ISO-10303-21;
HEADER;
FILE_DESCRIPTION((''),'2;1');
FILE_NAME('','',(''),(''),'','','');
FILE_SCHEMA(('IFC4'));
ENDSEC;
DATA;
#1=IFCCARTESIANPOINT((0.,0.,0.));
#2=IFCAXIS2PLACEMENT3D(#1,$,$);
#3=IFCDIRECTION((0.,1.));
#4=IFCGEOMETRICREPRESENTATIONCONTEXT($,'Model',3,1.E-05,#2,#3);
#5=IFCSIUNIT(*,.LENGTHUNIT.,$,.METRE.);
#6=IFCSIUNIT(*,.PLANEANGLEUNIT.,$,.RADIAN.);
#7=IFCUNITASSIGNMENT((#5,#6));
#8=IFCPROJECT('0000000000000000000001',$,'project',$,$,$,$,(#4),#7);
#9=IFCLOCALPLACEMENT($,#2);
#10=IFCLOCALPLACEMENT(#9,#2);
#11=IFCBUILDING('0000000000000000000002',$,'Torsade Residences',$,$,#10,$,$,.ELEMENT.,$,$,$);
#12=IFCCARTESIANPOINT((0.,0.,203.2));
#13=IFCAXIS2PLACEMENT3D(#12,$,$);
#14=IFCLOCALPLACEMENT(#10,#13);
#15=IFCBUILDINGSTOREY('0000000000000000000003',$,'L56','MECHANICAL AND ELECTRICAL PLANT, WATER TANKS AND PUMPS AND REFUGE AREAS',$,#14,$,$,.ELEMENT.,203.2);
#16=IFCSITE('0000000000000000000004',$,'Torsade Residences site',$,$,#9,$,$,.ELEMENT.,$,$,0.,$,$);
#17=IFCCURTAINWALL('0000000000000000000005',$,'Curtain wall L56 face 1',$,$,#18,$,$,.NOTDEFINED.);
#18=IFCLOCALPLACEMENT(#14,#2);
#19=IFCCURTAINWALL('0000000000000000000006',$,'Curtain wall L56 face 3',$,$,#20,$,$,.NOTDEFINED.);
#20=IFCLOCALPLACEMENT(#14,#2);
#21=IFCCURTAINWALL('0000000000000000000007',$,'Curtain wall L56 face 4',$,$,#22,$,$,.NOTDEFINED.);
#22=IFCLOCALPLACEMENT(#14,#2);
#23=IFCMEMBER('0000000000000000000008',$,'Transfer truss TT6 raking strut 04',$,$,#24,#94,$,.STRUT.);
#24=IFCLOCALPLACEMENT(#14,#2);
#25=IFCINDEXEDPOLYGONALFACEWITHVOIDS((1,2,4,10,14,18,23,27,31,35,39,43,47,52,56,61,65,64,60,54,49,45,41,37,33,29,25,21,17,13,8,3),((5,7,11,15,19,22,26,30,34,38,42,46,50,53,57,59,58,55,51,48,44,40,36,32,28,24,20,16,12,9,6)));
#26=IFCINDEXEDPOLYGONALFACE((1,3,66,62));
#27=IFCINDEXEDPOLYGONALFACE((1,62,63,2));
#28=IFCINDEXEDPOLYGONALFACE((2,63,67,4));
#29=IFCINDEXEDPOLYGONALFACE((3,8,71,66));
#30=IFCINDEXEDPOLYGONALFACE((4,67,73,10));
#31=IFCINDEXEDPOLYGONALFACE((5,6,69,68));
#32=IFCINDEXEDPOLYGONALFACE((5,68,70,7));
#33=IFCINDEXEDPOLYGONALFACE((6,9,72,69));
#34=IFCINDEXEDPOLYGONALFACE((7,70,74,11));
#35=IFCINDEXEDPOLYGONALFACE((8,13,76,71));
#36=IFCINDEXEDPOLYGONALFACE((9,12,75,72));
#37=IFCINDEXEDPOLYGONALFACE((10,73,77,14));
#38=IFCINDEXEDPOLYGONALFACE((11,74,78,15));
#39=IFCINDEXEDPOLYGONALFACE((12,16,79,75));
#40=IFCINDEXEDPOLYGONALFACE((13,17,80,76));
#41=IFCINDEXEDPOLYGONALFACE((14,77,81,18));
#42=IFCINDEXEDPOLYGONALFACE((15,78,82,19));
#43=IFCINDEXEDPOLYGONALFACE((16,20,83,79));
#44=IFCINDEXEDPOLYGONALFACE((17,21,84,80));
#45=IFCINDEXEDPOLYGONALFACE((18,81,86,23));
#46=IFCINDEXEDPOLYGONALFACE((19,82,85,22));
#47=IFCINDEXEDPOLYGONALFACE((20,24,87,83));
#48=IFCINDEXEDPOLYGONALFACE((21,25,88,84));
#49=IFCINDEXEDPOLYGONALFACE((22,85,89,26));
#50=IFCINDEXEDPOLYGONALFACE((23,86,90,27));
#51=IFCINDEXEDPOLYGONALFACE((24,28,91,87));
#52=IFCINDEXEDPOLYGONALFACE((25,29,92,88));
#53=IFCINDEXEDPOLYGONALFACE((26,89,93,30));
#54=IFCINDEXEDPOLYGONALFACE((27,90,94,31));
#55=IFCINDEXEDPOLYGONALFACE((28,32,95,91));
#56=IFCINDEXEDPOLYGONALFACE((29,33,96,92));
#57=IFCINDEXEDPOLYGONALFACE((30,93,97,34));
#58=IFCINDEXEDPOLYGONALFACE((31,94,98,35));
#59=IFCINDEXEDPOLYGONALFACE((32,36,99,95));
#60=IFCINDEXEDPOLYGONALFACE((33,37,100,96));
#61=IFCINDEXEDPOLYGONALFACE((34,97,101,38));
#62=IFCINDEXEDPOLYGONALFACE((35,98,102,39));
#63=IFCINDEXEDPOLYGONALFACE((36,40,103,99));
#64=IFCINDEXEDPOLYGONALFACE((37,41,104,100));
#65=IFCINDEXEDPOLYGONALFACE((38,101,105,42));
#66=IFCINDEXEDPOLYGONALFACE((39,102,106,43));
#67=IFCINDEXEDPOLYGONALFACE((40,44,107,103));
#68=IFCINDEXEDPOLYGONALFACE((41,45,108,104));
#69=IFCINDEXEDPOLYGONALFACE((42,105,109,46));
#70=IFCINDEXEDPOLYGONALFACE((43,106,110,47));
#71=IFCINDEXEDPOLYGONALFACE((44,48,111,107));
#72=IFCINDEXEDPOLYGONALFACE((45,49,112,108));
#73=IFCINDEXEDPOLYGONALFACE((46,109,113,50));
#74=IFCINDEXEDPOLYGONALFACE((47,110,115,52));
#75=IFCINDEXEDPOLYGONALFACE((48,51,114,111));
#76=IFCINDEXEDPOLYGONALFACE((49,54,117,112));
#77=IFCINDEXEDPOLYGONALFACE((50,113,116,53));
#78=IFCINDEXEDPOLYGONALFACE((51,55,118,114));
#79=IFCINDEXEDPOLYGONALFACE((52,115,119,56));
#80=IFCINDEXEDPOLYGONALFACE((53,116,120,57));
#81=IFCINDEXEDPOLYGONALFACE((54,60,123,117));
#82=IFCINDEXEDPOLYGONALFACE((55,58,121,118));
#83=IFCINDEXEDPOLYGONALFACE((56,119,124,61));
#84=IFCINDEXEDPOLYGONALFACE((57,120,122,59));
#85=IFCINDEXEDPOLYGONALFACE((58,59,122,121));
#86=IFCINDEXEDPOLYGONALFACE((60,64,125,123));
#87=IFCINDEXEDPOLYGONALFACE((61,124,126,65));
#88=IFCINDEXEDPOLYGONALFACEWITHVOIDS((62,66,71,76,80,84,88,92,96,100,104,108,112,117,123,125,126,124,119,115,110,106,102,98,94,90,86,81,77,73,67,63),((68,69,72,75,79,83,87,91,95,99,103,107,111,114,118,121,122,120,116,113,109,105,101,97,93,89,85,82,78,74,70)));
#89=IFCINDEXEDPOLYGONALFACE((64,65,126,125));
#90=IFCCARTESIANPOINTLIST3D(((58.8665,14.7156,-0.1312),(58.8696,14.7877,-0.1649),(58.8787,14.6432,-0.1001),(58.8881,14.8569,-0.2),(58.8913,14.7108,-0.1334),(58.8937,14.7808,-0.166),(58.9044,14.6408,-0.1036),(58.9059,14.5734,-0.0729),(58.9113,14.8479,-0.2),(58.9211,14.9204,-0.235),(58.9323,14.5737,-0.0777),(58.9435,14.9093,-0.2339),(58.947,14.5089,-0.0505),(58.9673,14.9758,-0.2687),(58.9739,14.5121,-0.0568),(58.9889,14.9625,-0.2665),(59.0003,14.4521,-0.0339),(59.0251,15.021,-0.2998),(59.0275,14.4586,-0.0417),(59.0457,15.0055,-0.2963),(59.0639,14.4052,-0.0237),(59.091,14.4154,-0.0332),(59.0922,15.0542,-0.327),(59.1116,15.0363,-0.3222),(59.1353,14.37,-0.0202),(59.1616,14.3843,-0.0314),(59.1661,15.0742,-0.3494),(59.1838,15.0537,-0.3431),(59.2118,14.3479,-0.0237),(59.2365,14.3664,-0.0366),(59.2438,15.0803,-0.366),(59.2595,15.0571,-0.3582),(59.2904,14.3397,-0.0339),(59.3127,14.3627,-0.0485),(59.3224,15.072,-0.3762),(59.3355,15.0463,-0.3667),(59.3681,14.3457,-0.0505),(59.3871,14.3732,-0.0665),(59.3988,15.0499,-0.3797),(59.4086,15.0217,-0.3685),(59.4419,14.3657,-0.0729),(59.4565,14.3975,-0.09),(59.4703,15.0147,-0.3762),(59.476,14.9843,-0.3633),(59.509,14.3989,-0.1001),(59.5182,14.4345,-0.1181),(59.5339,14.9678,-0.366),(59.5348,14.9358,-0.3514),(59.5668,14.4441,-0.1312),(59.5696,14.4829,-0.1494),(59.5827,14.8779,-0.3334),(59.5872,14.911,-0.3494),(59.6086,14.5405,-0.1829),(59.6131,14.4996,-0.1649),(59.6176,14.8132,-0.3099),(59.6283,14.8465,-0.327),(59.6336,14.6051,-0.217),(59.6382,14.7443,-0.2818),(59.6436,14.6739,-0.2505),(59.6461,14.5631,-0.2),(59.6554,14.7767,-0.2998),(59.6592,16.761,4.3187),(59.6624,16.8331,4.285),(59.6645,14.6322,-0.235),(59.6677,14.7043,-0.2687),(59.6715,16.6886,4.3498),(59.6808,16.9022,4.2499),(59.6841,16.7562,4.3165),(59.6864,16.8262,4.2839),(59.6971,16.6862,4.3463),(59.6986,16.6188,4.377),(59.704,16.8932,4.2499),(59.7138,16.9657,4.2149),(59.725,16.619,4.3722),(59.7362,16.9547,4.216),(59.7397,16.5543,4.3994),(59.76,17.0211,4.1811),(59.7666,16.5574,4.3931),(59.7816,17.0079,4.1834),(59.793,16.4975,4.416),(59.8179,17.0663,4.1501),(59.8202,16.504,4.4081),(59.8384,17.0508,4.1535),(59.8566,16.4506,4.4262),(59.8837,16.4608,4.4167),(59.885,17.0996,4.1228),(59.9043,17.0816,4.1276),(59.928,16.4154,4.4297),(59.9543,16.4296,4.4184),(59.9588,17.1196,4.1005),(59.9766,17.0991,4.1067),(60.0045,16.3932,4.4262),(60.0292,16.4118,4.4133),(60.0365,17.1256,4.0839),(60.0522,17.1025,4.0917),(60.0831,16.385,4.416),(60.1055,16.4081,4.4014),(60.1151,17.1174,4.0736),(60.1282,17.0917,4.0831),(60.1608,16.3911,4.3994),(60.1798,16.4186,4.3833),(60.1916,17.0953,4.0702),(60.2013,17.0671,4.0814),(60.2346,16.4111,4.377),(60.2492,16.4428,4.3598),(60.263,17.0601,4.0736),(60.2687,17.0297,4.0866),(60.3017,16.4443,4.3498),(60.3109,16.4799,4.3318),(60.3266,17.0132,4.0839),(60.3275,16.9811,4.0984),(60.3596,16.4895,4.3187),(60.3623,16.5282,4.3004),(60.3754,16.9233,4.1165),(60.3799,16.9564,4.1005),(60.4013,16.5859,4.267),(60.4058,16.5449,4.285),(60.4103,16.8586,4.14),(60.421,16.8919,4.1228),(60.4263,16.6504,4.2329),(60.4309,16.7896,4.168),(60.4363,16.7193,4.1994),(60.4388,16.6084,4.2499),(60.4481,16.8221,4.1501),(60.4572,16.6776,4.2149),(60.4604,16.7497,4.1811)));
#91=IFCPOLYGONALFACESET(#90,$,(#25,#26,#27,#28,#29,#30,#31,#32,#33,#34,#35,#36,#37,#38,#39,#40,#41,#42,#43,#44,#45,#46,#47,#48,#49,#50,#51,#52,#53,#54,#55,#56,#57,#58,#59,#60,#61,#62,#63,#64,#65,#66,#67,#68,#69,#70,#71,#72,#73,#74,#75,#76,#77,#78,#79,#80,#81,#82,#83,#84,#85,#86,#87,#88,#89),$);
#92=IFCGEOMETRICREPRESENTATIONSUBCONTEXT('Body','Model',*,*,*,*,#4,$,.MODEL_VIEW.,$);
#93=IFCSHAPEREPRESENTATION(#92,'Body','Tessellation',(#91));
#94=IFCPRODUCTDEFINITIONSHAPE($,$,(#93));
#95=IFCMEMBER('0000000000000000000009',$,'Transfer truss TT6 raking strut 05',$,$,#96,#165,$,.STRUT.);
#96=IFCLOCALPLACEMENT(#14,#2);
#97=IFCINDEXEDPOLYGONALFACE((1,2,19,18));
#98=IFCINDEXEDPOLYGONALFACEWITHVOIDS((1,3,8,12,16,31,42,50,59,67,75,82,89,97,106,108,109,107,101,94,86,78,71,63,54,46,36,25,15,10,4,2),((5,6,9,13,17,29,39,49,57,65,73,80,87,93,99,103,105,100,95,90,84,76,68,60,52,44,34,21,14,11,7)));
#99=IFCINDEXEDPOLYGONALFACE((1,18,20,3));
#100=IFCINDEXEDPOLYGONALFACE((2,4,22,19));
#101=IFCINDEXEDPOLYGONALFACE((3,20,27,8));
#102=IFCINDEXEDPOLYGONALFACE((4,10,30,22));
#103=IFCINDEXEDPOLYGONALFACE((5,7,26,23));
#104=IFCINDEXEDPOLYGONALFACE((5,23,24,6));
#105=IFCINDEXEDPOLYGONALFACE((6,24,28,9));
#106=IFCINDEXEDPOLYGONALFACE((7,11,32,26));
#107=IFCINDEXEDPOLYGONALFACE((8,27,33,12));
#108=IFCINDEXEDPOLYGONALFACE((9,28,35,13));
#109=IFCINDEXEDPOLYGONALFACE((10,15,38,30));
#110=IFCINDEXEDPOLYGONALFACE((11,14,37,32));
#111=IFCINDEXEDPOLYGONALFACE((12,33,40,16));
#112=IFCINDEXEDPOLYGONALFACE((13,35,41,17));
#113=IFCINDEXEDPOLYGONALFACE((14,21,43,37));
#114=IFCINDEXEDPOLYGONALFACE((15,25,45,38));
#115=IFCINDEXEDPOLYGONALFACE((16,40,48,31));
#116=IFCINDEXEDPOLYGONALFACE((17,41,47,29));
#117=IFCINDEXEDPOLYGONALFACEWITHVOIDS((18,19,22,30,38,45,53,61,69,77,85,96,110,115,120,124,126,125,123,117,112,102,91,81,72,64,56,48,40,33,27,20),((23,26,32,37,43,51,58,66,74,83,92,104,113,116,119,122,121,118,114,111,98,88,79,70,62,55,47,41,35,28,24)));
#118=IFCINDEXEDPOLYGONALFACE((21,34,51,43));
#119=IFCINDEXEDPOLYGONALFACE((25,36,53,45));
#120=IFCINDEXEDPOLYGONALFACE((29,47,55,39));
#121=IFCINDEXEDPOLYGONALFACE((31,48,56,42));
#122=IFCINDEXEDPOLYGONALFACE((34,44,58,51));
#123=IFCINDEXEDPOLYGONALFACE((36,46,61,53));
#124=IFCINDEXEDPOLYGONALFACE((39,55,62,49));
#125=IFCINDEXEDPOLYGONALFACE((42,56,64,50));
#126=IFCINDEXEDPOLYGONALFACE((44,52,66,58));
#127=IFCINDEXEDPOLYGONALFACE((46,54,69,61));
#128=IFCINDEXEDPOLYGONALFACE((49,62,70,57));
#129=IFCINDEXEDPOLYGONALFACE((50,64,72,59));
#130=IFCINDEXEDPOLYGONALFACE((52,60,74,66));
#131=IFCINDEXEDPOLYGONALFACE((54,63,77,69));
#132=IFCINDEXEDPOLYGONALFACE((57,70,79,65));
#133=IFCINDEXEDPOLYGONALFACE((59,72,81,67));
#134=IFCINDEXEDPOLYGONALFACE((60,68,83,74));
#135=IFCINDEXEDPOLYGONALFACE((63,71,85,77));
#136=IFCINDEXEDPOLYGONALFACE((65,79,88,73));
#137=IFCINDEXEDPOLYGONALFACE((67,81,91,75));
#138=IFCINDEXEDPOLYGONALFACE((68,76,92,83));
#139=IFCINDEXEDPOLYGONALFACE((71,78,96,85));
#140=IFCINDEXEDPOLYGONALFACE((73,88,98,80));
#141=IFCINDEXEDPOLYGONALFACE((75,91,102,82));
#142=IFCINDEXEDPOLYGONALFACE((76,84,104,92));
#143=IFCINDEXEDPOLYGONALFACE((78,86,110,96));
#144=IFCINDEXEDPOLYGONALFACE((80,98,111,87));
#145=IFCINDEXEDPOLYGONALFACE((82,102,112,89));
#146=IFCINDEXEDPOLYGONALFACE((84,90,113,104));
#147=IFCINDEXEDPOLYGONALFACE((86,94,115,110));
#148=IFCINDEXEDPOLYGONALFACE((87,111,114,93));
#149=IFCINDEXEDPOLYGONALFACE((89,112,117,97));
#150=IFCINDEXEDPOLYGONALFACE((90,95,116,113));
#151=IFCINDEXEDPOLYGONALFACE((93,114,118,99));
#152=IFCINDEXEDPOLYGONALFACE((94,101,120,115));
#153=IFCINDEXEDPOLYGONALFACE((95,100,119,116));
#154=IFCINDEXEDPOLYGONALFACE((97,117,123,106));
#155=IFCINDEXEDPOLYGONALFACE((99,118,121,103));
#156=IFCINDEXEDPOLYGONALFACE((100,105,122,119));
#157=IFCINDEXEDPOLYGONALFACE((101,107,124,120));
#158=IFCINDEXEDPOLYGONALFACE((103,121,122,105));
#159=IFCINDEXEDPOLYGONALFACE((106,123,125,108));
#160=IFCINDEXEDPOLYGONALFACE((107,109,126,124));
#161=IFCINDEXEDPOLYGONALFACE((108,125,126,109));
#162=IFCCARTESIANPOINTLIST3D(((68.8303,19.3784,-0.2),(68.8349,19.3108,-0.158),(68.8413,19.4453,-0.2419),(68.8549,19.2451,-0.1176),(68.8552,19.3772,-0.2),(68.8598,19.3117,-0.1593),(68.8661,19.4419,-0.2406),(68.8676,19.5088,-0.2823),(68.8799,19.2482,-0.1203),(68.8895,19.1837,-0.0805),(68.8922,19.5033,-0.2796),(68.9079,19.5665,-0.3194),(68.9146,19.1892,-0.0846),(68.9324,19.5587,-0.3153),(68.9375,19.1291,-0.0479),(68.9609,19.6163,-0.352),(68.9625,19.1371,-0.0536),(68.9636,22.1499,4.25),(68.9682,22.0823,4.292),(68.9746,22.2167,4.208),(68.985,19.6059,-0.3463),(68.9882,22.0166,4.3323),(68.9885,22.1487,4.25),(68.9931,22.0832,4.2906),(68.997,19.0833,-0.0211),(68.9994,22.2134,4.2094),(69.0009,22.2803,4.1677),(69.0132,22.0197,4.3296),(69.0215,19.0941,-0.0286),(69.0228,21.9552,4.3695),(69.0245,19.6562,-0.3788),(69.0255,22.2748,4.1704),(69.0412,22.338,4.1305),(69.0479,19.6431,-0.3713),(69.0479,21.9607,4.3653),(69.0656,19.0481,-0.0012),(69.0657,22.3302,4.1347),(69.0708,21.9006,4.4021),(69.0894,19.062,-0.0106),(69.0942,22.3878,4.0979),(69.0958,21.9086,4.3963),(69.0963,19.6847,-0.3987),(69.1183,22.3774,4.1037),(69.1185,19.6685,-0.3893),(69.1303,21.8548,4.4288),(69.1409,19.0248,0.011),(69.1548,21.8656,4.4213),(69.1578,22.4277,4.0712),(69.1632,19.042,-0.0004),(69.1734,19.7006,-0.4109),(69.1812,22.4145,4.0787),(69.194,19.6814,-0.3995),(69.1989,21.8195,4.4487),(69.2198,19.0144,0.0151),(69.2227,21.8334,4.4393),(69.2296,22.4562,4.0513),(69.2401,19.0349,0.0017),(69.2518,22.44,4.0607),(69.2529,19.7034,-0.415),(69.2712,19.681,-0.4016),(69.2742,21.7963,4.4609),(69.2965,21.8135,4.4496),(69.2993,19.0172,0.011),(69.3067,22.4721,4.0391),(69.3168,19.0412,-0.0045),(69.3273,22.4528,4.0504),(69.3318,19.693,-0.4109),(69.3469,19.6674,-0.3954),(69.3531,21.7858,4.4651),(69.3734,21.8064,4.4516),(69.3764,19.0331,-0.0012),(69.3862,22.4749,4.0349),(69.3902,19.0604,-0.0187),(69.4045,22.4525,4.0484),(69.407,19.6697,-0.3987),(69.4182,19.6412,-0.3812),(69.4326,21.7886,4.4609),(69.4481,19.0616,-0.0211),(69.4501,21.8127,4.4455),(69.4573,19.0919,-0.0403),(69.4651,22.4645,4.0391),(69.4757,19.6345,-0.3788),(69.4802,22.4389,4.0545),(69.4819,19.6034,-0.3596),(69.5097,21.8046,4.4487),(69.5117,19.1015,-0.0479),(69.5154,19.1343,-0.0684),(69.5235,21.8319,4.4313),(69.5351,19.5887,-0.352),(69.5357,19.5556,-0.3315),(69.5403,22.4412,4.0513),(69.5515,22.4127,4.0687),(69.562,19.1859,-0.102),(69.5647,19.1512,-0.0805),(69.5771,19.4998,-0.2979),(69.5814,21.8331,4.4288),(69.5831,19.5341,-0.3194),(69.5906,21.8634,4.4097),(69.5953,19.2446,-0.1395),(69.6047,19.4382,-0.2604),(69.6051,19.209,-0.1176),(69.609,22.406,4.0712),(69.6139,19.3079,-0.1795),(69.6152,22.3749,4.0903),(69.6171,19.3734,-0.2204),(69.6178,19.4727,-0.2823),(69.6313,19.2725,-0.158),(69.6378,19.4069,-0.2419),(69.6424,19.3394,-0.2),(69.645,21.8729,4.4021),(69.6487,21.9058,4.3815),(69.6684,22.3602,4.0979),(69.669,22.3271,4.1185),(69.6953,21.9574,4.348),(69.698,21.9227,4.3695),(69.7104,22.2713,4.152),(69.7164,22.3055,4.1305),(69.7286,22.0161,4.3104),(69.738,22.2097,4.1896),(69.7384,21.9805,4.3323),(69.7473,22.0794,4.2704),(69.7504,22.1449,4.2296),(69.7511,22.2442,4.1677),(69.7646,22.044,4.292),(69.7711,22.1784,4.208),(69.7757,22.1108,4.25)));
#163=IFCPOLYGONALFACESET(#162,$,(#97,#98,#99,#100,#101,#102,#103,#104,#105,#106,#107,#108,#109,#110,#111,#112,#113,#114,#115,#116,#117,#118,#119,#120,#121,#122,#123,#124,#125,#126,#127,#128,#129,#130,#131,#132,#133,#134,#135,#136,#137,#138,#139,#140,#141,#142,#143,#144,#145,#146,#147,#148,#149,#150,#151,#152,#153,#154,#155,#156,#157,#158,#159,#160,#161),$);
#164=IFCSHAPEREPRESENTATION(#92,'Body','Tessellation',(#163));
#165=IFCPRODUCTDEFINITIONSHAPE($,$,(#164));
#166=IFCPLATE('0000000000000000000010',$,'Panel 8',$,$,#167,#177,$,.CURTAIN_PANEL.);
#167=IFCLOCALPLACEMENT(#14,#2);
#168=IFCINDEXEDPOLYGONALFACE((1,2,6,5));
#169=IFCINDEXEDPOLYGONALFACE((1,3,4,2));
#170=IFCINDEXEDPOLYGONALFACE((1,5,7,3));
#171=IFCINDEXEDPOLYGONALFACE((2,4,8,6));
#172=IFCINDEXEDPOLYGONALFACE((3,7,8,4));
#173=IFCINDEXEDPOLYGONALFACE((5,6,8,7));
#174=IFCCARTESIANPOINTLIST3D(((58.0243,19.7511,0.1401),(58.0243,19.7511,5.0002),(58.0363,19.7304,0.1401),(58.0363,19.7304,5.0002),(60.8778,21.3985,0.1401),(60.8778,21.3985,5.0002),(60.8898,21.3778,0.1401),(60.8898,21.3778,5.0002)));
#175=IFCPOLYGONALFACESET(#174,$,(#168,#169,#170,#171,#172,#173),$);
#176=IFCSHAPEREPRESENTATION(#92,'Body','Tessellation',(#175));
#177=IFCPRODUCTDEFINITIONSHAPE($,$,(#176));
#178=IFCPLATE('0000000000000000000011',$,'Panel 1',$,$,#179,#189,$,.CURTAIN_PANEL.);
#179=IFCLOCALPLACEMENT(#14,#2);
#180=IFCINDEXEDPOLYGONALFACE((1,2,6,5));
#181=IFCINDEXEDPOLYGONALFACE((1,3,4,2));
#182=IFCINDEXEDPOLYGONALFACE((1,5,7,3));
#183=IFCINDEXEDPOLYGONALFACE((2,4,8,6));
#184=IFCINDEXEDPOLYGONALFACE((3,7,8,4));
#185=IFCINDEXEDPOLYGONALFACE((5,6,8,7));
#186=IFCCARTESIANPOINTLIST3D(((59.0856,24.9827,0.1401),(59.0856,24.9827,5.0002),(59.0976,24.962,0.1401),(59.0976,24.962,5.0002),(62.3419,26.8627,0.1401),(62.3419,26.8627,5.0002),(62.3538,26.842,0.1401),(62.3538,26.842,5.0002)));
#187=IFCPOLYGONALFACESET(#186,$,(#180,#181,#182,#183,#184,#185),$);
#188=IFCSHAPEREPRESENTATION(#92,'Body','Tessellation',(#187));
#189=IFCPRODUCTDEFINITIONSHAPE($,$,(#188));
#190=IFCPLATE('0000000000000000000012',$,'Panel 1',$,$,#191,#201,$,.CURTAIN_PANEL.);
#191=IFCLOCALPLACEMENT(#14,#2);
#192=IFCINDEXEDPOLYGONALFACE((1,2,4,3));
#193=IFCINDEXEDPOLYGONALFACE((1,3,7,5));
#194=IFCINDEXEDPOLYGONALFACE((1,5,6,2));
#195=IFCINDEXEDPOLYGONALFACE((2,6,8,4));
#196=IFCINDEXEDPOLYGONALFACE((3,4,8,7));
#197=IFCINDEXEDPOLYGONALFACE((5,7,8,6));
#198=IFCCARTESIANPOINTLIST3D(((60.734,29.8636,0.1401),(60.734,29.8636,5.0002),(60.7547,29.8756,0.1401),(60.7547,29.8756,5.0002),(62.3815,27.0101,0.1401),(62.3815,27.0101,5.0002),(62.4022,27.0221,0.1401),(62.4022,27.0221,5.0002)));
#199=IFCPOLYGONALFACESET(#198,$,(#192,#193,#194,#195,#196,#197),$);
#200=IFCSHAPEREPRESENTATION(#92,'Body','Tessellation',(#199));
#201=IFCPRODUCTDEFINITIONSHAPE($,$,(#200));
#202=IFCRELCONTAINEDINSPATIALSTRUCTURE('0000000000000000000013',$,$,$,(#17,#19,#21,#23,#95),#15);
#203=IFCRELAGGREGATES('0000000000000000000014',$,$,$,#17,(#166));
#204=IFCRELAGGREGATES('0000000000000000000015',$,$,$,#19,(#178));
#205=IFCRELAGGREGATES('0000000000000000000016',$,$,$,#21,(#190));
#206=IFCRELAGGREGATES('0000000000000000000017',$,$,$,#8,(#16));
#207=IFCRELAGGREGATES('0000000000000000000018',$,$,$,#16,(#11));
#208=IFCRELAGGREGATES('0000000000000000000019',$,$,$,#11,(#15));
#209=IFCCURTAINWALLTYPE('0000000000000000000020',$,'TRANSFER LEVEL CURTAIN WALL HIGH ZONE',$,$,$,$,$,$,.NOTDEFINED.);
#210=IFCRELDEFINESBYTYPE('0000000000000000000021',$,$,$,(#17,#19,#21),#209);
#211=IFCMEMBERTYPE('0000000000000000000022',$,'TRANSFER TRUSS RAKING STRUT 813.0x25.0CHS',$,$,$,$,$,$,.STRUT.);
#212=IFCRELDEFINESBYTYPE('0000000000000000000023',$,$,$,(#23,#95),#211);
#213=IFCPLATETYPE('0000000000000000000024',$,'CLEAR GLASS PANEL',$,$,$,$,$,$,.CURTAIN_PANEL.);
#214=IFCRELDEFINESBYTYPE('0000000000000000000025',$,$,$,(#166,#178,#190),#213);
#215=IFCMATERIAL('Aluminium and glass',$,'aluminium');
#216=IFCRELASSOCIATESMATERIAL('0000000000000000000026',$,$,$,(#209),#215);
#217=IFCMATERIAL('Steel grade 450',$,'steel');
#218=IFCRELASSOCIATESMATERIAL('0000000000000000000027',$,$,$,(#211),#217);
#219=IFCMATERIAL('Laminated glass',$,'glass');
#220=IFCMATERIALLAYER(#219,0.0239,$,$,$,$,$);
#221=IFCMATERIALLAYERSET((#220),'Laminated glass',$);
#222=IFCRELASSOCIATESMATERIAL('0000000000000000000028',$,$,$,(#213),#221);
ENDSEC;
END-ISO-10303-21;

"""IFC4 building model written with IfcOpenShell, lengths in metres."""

from ifc_helpers import new_model, si_unit, direction, frame, origin, origin_2d, place, context, subcontext, project, spatial, rectangle, hollow_circle, extrude, material, layer, layer_set, material_profile, profile_set, type_object, element, aggregate, save


model = new_model("IFC4")

# Units and contexts
model_context = context("Model", 3, precision=1e-05, world=origin(), true_north=direction((0.0, 1.0)))
body_context = subcontext(model_context, "Body", "Model", "MODEL_VIEW")
ifc_project = project(units=[si_unit("LENGTHUNIT", "METRE"), si_unit("PLANEANGLEUNIT", "RADIAN")], contexts=[model_context])

# Site, building, storey
site_placement = place(None, origin())
site = spatial("IfcSite", under=ifc_project, at=site_placement, Name="Torsade Residences site", CompositionType="ELEMENT", RefElevation=0.0)
building_placement = place(site_placement, origin())
building = spatial("IfcBuilding", under=site, at=building_placement, Name="Torsade Residences", CompositionType="ELEMENT")
storey_placement = place(building_placement, frame((0.0, 0.0, 203.2)))
storey = spatial("IfcBuildingStorey", under=building, at=storey_placement, Name="L56", Description="MECHANICAL AND ELECTRICAL PLANT, WATER TANKS AND PUMPS AND REFUGE AREAS", CompositionType="ELEMENT", Elevation=203.2)

# Curtain wall
ifc_material_1 = material(Name="Aluminium and glass", Category="aluminium")
curtain_wall_type = type_object("IfcCurtainWallType", Name="TRANSFER LEVEL CURTAIN WALL HIGH ZONE", PredefinedType="NOTDEFINED", material=ifc_material_1)
curtain_wall_1_placement = place(storey_placement, origin())
curtain_wall_1 = element("IfcCurtainWall", 1, at=curtain_wall_1_placement, inside=storey, type_object=curtain_wall_type, Name="Curtain wall L56 face 1", PredefinedType="NOTDEFINED")

# Curtain wall
curtain_wall_2_placement = place(storey_placement, origin())
curtain_wall_2 = element("IfcCurtainWall", 2, at=curtain_wall_2_placement, inside=storey, type_object=curtain_wall_type, Name="Curtain wall L56 face 3", PredefinedType="NOTDEFINED")

# Curtain wall
curtain_wall_3_placement = place(storey_placement, origin())
curtain_wall_3 = element("IfcCurtainWall", 3, at=curtain_wall_3_placement, inside=storey, type_object=curtain_wall_type, Name="Curtain wall L56 face 4", PredefinedType="NOTDEFINED")

# Members
ifc_material_2 = material(Name="Steel grade 450", Category="steel")
ifc_material_profile_1 = material_profile(ifc_material_2, hollow_circle(Radius=0.4065, WallThickness=0.0249, at=origin_2d()), Name="813.0x25.0CHS")
ifc_profile_set_1 = profile_set([ifc_material_profile_1], Name="Steel grade 450")
member_type_1 = type_object("IfcMemberType", Name="TRANSFER TRUSS RAKING STRUT 813.0x25.0CHS", PredefinedType="STRUT", material=ifc_profile_set_1)
member_1_placement = place(storey_placement, frame((59.2671, 14.71, -0.2), z_axis=(0.159783, 0.412276, 0.896938), x_axis=(-0.932422, 0.361372, 0.0)))
element("IfcMember", 4, at=member_1_placement, inside=storey, type_object=member_type_1, Name="Transfer truss TT6 raking strut 04", PredefinedType="STRUT", context=body_context, shape_type="SweptSolid", body=[
    extrude(hollow_circle(Radius=0.4065, WallThickness=0.0249, at=origin_2d()), origin(), (0.0, 0.0, 1.0), 4.9612),
])
member_2_placement = place(storey_placement, frame((69.2363, 19.3589, -0.2), z_axis=(0.025419, 0.528492, 0.848558), x_axis=(-0.998845, 0.048042, 0.0)))
element("IfcMember", 5, at=member_2_placement, inside=storey, type_object=member_type_1, Name="Transfer truss TT6 raking strut 05", PredefinedType="STRUT", context=body_context, shape_type="SweptSolid", body=[
    extrude(hollow_circle(Radius=0.4065, WallThickness=0.0249, at=origin_2d()), origin(), (0.0, 0.0, 1.0), 5.2441),
])

# Plates
ifc_material_3 = material(Name="Laminated glass", Category="glass")
ifc_layer_1 = layer(ifc_material_3, 0.0239)
ifc_layer_set_1 = layer_set([ifc_layer_1], Name="Laminated glass")
plate_type = type_object("IfcPlateType", Name="CLEAR GLASS PANEL", PredefinedType="CURTAIN_PANEL", material=ifc_layer_set_1)
plate_1_placement = place(storey_placement, frame((59.457, 20.5645, 0.1401), z_axis=(0.0, 0.0, 1.0), x_axis=(0.866025, 0.5, 0.0)))
plate_1 = element("IfcPlate", 6, at=plate_1_placement, type_object=plate_type, Name="Panel 8", PredefinedType="CURTAIN_PANEL", context=body_context, shape_type="SweptSolid", body=[
    extrude(rectangle(XDim=3.2949, YDim=0.0239, at=origin_2d()), origin(), (0.0, 0.0, 1.0), 4.8601),
])
aggregate(curtain_wall_1, [plate_1])
plate_2_placement = place(storey_placement, frame((60.7197, 25.9124, 0.1401), z_axis=(0.0, 0.0, 1.0), x_axis=(0.866025, 0.5, 0.0)))
plate_2 = element("IfcPlate", 7, at=plate_2_placement, type_object=plate_type, Name="Panel 1", PredefinedType="CURTAIN_PANEL", context=body_context, shape_type="SweptSolid", body=[
    extrude(rectangle(XDim=3.76, YDim=0.0239, at=origin_2d()), origin(), (0.0, 0.0, 1.0), 4.8601),
])
aggregate(curtain_wall_2, [plate_2])
plate_3_placement = place(storey_placement, frame((61.5681, 28.4429, 0.1401), z_axis=(0.0, 0.0, 1.0), x_axis=(-0.5, 0.866025, 0.0)))
plate_3 = element("IfcPlate", 8, at=plate_3_placement, type_object=plate_type, Name="Panel 1", PredefinedType="CURTAIN_PANEL", context=body_context, shape_type="SweptSolid", body=[
    extrude(rectangle(XDim=3.2949, YDim=0.0239, at=origin_2d()), origin(), (0.0, 0.0, 1.0), 4.8601),
])
aggregate(curtain_wall_3, [plate_3])

save(model, "model.ifc")
